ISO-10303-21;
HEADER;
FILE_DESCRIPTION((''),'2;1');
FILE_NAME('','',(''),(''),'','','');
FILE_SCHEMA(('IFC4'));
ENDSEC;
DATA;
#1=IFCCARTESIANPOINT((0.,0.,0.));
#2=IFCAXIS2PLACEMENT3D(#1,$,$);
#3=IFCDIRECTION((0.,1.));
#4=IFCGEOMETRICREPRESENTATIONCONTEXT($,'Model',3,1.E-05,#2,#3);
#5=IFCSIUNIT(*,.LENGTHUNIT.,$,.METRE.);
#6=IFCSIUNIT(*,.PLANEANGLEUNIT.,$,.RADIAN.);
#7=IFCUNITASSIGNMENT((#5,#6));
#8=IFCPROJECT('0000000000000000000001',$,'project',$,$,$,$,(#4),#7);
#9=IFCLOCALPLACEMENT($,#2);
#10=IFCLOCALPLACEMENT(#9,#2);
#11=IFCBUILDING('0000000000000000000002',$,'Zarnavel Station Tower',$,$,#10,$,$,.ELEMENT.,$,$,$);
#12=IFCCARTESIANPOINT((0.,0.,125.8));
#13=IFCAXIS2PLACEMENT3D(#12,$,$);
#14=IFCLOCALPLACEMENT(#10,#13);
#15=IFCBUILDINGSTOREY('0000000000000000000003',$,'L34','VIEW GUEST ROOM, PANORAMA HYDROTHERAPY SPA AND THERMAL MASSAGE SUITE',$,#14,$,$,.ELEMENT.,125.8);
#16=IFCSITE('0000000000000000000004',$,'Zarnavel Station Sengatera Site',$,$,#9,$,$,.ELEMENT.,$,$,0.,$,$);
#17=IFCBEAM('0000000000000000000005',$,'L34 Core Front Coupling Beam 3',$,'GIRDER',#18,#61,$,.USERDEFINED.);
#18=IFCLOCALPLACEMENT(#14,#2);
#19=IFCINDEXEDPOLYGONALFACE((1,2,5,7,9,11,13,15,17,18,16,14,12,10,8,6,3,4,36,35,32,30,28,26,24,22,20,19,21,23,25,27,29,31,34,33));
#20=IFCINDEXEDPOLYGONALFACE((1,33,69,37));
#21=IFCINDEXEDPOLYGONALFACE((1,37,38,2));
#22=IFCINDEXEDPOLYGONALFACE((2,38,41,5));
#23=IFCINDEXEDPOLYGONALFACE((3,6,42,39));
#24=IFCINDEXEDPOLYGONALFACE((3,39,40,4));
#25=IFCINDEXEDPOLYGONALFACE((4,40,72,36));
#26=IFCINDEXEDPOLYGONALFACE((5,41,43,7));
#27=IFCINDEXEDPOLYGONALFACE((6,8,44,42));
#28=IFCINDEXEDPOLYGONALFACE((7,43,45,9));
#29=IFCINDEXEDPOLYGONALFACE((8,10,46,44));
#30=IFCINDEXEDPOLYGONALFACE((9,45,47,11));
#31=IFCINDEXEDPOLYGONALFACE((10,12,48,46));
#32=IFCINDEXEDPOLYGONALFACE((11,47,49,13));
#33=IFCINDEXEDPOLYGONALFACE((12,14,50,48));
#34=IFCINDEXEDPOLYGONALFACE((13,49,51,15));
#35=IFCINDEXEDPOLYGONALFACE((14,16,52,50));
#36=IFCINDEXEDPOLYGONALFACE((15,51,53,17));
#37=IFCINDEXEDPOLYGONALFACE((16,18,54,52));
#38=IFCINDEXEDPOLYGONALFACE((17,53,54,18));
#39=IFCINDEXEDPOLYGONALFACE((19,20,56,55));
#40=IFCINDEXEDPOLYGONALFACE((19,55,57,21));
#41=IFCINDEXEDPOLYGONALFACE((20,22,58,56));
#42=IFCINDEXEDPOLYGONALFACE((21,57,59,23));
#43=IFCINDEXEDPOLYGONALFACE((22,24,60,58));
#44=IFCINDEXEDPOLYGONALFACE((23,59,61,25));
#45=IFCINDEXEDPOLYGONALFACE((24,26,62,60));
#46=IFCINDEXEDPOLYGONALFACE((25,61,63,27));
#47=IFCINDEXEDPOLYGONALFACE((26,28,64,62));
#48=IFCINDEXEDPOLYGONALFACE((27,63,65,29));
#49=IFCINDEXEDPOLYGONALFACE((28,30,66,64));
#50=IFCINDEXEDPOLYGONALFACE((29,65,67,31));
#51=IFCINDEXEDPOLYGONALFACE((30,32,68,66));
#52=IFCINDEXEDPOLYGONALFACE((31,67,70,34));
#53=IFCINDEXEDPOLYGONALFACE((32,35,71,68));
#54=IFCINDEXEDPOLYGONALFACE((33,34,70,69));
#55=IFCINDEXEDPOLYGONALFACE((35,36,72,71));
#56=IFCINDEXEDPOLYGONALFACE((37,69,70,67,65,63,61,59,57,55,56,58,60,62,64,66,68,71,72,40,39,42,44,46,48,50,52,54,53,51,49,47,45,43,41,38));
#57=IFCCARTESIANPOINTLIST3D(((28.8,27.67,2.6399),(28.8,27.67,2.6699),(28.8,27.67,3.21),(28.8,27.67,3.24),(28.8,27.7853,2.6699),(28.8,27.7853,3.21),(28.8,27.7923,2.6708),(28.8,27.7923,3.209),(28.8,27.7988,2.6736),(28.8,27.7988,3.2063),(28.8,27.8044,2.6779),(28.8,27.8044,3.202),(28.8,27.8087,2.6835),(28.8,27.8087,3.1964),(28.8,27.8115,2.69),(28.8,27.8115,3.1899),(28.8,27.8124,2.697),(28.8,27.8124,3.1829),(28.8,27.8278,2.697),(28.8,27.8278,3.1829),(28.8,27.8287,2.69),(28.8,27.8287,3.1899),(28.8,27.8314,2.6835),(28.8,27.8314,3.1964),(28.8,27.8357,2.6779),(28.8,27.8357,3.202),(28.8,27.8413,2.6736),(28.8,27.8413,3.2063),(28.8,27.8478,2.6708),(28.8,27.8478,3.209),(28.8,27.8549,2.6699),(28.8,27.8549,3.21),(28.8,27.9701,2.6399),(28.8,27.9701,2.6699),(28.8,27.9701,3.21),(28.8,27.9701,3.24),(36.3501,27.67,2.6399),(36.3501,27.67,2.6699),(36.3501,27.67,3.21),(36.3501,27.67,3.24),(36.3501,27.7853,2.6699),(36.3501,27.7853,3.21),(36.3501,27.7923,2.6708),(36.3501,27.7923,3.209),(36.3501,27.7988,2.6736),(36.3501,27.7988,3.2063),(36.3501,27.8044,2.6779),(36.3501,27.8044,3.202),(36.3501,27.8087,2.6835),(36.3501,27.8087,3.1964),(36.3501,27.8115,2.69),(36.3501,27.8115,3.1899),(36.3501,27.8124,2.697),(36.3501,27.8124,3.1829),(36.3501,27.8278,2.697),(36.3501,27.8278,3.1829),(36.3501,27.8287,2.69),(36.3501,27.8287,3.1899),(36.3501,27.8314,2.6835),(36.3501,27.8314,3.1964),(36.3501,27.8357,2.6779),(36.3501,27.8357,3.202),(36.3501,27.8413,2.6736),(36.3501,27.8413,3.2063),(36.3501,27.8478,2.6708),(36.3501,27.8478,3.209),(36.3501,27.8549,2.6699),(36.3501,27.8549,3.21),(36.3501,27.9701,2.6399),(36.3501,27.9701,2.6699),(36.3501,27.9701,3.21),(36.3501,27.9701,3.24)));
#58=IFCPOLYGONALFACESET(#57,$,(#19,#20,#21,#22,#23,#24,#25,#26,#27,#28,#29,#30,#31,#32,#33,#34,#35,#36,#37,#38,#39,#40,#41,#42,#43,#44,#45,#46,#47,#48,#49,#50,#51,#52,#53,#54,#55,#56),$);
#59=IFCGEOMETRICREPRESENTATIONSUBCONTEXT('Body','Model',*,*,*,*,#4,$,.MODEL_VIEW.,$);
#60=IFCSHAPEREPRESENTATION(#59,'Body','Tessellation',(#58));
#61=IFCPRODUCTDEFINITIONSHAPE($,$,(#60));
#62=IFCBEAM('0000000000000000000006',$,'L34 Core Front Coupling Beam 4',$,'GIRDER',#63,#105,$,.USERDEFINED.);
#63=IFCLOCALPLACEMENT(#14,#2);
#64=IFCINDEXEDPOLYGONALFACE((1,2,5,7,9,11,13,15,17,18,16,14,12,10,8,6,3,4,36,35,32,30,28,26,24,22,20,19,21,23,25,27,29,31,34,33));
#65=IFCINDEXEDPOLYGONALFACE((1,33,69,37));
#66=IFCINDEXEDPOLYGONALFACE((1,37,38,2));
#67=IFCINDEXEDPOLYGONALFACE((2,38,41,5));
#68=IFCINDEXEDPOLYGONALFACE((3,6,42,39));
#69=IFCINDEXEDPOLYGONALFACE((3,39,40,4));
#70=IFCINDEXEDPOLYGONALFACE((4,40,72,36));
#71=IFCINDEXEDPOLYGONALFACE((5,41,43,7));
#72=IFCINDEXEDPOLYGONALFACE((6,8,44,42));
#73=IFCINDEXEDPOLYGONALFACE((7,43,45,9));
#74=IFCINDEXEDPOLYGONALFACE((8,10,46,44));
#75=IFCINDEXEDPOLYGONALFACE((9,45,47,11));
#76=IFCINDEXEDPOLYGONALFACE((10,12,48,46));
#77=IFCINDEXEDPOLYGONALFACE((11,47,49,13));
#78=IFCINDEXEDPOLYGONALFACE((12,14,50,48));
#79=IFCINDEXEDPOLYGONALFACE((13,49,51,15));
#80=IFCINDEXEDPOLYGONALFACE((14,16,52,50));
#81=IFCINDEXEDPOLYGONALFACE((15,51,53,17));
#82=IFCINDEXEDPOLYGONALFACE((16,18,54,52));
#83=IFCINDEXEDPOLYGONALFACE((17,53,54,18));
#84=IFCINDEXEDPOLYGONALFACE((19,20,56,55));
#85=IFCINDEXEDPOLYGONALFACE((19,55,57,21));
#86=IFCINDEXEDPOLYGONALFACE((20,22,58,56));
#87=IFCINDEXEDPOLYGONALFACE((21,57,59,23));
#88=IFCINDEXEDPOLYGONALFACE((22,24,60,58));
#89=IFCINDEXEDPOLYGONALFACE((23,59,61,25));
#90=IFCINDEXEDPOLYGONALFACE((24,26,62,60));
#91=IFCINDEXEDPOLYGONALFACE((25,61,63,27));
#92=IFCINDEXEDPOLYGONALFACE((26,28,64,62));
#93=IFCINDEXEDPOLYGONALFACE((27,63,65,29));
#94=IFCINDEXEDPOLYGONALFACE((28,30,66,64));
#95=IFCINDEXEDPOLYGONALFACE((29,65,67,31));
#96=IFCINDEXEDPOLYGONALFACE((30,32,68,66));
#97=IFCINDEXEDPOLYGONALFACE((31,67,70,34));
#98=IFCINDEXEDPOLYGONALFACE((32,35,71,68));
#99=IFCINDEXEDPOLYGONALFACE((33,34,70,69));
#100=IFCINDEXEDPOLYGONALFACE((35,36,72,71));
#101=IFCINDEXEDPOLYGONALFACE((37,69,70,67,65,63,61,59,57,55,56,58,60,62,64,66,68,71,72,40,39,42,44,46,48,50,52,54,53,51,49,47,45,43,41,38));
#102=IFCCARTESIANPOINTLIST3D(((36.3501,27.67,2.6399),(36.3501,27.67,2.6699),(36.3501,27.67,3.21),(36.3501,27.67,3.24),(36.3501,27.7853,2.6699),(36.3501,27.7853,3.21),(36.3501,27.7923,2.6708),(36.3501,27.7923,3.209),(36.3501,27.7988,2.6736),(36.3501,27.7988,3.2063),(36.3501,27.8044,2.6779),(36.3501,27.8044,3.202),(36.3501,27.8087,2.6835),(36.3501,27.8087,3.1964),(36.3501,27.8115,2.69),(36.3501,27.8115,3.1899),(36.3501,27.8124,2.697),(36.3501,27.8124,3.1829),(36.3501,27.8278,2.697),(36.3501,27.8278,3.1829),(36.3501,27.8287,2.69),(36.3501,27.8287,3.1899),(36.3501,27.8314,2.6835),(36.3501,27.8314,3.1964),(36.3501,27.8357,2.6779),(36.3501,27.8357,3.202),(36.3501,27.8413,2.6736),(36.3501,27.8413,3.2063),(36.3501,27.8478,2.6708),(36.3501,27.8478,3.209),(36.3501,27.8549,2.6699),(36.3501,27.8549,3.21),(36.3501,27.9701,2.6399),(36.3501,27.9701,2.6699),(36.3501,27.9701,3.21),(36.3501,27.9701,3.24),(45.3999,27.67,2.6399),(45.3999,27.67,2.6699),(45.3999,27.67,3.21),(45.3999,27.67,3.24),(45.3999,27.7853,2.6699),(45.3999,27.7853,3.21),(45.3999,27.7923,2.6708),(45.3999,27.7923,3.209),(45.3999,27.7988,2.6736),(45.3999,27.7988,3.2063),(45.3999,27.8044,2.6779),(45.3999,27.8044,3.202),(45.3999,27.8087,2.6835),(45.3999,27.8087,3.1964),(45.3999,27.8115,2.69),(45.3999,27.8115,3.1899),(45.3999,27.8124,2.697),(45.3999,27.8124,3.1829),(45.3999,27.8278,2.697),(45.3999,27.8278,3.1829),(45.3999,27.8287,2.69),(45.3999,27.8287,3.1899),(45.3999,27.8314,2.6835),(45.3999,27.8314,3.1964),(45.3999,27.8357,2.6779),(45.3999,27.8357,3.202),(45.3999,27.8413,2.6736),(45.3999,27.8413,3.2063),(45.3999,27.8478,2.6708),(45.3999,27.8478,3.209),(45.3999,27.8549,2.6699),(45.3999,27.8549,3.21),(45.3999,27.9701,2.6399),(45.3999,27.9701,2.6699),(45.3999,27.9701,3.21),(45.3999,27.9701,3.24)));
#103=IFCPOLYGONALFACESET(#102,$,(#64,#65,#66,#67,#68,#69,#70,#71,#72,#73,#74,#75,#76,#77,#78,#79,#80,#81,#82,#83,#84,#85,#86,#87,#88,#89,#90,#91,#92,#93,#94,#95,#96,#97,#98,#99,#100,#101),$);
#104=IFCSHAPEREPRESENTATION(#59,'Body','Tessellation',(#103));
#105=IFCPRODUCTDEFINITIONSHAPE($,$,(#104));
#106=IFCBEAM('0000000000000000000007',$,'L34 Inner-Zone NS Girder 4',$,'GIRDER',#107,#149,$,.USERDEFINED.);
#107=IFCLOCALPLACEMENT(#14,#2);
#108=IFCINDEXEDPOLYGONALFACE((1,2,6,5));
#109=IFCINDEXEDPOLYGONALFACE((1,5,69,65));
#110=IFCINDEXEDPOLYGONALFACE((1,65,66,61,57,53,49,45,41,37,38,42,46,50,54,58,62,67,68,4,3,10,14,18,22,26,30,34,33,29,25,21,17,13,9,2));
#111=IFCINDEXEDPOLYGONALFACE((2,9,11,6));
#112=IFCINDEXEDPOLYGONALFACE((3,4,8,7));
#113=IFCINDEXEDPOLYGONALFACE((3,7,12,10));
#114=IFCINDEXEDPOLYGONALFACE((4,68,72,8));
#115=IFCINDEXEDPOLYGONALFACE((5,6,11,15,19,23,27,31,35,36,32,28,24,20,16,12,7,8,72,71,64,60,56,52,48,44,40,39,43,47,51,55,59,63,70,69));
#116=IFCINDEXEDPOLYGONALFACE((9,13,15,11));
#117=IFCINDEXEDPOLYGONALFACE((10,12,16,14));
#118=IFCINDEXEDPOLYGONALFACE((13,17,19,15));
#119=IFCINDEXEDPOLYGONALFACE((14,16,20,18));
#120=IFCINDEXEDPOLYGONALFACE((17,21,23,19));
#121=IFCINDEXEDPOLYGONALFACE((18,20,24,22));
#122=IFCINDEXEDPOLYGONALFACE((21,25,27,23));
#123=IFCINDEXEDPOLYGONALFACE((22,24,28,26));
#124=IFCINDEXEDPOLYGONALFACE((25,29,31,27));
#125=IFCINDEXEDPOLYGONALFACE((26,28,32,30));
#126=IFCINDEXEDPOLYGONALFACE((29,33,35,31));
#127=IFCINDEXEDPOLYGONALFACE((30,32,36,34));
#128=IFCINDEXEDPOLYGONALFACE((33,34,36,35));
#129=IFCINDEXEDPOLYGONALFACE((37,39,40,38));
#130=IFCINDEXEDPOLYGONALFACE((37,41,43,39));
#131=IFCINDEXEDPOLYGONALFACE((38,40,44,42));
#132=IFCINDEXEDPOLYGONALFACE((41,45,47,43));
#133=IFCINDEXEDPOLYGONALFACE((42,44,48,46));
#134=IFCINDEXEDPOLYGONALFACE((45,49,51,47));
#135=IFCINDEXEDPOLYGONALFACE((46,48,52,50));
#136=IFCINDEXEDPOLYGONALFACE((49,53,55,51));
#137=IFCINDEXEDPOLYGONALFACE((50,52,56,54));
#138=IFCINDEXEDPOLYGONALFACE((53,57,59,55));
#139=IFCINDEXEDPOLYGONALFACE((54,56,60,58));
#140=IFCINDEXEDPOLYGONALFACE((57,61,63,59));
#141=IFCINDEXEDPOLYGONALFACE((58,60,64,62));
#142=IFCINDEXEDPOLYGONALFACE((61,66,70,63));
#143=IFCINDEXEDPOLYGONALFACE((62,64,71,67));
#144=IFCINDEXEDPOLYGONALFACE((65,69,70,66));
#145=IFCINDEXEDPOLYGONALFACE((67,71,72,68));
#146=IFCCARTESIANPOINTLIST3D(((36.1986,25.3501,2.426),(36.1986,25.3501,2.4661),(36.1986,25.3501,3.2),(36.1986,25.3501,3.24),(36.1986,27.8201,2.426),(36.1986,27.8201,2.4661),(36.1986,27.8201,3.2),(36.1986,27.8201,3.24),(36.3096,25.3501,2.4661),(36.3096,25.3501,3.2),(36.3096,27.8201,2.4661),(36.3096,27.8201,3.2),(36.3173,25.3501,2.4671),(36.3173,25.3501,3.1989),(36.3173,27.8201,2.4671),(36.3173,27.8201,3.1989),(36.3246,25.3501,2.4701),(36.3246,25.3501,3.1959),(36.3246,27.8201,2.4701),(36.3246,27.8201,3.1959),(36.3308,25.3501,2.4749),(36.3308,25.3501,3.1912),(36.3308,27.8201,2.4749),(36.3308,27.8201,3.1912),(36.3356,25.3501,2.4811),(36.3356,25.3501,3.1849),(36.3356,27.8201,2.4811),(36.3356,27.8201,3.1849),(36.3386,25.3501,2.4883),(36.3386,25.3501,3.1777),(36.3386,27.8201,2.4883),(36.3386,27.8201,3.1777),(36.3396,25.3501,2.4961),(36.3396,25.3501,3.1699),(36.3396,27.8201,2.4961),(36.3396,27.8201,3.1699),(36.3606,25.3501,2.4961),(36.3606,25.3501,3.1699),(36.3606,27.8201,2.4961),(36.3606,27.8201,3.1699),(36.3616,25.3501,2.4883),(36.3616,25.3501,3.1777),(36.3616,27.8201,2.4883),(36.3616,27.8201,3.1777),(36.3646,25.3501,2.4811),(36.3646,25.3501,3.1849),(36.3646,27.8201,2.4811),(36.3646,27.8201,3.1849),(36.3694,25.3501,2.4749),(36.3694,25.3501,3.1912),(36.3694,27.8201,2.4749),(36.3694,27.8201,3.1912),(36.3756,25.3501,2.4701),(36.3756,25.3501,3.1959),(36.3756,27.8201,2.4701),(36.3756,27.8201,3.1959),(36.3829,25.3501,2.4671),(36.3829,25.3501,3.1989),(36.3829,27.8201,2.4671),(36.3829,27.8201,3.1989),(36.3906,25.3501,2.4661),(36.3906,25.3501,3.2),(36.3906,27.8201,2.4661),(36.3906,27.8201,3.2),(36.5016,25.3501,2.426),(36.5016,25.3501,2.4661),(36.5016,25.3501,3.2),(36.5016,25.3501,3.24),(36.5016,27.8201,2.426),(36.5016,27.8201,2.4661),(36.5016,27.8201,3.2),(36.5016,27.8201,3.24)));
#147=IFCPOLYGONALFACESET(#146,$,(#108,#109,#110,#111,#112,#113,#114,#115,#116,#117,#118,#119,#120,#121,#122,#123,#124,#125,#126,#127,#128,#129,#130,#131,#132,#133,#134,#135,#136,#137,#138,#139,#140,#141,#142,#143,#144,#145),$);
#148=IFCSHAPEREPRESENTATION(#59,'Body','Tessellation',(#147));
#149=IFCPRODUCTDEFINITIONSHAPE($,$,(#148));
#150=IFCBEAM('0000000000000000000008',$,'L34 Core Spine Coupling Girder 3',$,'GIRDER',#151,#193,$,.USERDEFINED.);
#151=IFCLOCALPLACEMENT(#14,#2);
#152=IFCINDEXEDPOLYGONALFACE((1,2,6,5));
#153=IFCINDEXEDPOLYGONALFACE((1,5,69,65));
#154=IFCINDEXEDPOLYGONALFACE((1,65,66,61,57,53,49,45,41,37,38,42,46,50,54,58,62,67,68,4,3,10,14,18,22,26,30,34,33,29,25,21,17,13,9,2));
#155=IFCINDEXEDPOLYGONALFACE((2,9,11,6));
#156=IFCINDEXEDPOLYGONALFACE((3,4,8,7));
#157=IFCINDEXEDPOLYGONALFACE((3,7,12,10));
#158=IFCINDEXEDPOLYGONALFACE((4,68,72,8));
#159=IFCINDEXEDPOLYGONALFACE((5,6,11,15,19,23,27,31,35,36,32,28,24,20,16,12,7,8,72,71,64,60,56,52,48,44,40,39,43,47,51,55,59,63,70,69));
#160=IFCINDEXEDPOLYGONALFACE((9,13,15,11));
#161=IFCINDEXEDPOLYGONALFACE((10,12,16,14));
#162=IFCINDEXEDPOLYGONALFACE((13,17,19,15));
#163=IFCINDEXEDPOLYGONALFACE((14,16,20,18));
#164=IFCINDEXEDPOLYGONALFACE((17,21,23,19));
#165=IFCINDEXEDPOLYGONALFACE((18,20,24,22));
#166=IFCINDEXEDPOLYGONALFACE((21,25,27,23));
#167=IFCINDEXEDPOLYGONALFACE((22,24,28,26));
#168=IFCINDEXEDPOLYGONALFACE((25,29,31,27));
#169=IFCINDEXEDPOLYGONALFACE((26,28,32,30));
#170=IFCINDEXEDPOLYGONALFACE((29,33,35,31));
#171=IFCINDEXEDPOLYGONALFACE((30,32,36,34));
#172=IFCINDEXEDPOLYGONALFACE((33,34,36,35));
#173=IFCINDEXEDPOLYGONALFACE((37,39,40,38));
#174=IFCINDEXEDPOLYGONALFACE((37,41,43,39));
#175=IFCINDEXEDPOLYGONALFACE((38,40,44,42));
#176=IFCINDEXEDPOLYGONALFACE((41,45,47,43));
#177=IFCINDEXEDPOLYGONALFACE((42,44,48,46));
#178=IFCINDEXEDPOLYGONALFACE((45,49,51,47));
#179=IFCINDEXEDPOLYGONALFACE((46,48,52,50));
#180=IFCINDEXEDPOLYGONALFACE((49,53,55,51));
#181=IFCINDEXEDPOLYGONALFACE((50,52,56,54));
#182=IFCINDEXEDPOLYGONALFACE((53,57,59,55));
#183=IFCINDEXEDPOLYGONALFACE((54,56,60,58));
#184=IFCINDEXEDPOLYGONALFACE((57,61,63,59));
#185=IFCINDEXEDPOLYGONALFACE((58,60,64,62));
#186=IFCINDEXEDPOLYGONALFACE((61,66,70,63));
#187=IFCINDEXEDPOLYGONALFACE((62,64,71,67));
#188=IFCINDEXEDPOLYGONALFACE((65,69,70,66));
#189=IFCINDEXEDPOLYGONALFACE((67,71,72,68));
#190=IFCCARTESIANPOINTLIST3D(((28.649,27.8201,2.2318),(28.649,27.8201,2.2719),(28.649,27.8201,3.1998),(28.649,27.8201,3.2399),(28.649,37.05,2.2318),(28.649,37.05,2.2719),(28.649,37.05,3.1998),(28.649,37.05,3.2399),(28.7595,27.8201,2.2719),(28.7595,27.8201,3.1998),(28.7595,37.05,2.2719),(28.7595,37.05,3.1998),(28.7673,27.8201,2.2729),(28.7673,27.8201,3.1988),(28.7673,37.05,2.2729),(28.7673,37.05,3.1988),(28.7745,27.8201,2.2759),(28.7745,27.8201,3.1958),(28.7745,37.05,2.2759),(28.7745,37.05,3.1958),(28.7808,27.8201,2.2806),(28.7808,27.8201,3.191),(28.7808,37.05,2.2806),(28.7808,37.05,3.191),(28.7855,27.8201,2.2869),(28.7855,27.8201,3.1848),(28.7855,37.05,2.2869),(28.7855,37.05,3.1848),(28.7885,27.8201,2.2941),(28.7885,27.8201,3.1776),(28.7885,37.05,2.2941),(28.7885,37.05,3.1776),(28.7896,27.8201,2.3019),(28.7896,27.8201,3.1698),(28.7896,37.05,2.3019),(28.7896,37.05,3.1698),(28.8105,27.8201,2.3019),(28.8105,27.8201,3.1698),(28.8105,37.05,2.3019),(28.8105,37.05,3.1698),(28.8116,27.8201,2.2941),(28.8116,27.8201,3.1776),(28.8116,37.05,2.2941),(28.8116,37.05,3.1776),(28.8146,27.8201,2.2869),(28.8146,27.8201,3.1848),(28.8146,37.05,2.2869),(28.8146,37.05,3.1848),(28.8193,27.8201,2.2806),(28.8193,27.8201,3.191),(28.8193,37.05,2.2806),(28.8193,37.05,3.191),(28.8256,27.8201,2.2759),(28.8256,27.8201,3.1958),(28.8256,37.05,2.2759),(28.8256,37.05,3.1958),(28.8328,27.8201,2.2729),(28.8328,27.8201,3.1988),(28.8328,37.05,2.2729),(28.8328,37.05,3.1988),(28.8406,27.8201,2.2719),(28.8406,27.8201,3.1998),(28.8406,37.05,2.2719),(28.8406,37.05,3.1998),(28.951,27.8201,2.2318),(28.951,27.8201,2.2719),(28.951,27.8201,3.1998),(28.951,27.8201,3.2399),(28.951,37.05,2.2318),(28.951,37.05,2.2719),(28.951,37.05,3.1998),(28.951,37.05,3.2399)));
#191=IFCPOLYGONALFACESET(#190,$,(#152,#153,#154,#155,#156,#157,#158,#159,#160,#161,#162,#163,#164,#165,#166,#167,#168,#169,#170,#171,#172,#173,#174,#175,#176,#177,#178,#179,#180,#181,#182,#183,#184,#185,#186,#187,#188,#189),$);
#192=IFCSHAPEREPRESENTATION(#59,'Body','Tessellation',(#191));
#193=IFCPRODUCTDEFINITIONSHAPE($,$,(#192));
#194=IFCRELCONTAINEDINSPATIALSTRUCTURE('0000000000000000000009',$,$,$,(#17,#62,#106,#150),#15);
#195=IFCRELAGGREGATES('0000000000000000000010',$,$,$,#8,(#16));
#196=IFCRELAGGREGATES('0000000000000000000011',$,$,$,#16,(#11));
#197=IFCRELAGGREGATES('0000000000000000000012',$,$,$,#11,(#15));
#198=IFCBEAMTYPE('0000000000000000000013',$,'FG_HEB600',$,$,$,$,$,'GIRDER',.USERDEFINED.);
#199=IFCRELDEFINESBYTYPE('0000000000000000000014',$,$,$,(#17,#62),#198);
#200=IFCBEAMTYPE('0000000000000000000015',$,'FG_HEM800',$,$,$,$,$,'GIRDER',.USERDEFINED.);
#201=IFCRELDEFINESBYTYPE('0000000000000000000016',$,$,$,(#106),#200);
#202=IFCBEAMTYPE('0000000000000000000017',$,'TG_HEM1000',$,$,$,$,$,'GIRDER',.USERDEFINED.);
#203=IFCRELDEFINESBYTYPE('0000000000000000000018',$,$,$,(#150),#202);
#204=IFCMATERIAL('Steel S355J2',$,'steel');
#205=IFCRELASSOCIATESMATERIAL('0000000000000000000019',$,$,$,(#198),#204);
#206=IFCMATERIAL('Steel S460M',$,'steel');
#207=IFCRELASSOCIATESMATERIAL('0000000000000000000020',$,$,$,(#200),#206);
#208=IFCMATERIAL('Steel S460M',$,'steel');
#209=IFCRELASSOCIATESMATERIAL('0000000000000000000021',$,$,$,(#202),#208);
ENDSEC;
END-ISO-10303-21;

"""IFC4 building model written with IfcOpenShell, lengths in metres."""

from ifc_helpers import new_model, si_unit, direction, frame, origin, origin_2d, place, context, subcontext, project, spatial, i_section, extrude, material, material_profile, profile_set, type_object, element, save


model = new_model("IFC4")

# Units and contexts
model_context = context("Model", 3, precision=1e-05, world=origin(), true_north=direction((0.0, 1.0)))
body_context = subcontext(model_context, "Body", "Model", "MODEL_VIEW")
ifc_project = project(units=[si_unit("LENGTHUNIT", "METRE"), si_unit("PLANEANGLEUNIT", "RADIAN")], contexts=[model_context])

# Site, building, storey
site_placement = place(None, origin())
site = spatial("IfcSite", under=ifc_project, at=site_placement, Name="Zarnavel Station Sengatera Site", CompositionType="ELEMENT", RefElevation=0.0)
building_placement = place(site_placement, origin())
building = spatial("IfcBuilding", under=site, at=building_placement, Name="Zarnavel Station Tower", CompositionType="ELEMENT")
storey_placement = place(building_placement, frame((0.0, 0.0, 125.8)))
storey = spatial("IfcBuildingStorey", under=building, at=storey_placement, Name="L34", Description="VIEW GUEST ROOM, PANORAMA HYDROTHERAPY SPA AND THERMAL MASSAGE SUITE", CompositionType="ELEMENT", Elevation=125.8)

# Beams
ifc_material_1 = material(Name="Steel S355J2", Category="steel")
ifc_material_profile_1 = material_profile(ifc_material_1, i_section(OverallWidth=0.3, OverallDepth=0.6001, WebThickness=0.0154, FlangeThickness=0.03, FilletRadius=0.0271, at=origin_2d()), Name="HEB600")
ifc_profile_set_1 = profile_set([ifc_material_profile_1], Name="Steel S355J2")
beam_type_1 = type_object("IfcBeamType", Name="FG_HEB600", ElementType="GIRDER", PredefinedType="USERDEFINED", material=ifc_profile_set_1)
beam_1_placement = place(storey_placement, frame((28.8, 27.8201, 2.9399), z_axis=(1.0, 0.0, 0.0), x_axis=(0.0, 1.0, 0.0)))
element("IfcBeam", 1, at=beam_1_placement, inside=storey, type_object=beam_type_1, Name="L34 Core Front Coupling Beam 3", ObjectType="GIRDER", PredefinedType="USERDEFINED", context=body_context, shape_type="SweptSolid", body=[
    extrude(i_section(OverallWidth=0.3, OverallDepth=0.6001, WebThickness=0.0154, FlangeThickness=0.03, FilletRadius=0.0271, at=origin_2d()), origin(), (0.0, 0.0, 1.0), 7.55),
])
beam_2_placement = place(storey_placement, frame((36.3501, 27.8201, 2.9399), z_axis=(1.0, 0.0, 0.0), x_axis=(0.0, 1.0, 0.0)))
element("IfcBeam", 2, at=beam_2_placement, inside=storey, type_object=beam_type_1, Name="L34 Core Front Coupling Beam 4", ObjectType="GIRDER", PredefinedType="USERDEFINED", context=body_context, shape_type="SweptSolid", body=[
    extrude(i_section(OverallWidth=0.3, OverallDepth=0.6001, WebThickness=0.0154, FlangeThickness=0.03, FilletRadius=0.0271, at=origin_2d()), origin(), (0.0, 0.0, 1.0), 9.0498),
])
ifc_material_2 = material(Name="Steel S460M", Category="steel")
ifc_material_profile_2 = material_profile(ifc_material_2, i_section(OverallWidth=0.303, OverallDepth=0.814, WebThickness=0.021, FlangeThickness=0.04, FilletRadius=0.03, at=origin_2d()), Name="HEM800")
ifc_profile_set_2 = profile_set([ifc_material_profile_2], Name="Steel S460M")
beam_type_2 = type_object("IfcBeamType", Name="FG_HEM800", ElementType="GIRDER", PredefinedType="USERDEFINED", material=ifc_profile_set_2)
beam_3_placement = place(storey_placement, frame((36.3501, 25.3501, 2.833), z_axis=(0.0, 1.0, 0.0), x_axis=(-1.0, 0.0, 0.0)))
element("IfcBeam", 3, at=beam_3_placement, inside=storey, type_object=beam_type_2, Name="L34 Inner-Zone NS Girder 4", ObjectType="GIRDER", PredefinedType="USERDEFINED", context=body_context, shape_type="SweptSolid", body=[
    extrude(i_section(OverallWidth=0.303, OverallDepth=0.814, WebThickness=0.021, FlangeThickness=0.04, FilletRadius=0.03, at=origin_2d()), origin(), (0.0, 0.0, 1.0), 2.47),
])
ifc_material_3 = material(Name="Steel S460M", Category="steel")
ifc_material_profile_3 = material_profile(ifc_material_3, i_section(OverallWidth=0.302, OverallDepth=1.0081, WebThickness=0.021, FlangeThickness=0.04, FilletRadius=0.03, at=origin_2d()), Name="HEM1000")
ifc_profile_set_3 = profile_set([ifc_material_profile_3], Name="Steel S460M")
beam_type_3 = type_object("IfcBeamType", Name="TG_HEM1000", ElementType="GIRDER", PredefinedType="USERDEFINED", material=ifc_profile_set_3)
for number, where, z_axis, x_axis, name in (
    (4, (28.8, 27.8201, 2.7358), (0.0, 1.0, 0.0), (-1.0, 0.0, 0.0), "L34 Core Spine Coupling Girder 3"),
):
    element("IfcBeam", number, at=place(storey_placement, frame(where, z_axis=z_axis, x_axis=x_axis)), inside=storey, type_object=beam_type_3, Name=name, ObjectType="GIRDER", PredefinedType="USERDEFINED", context=body_context, shape_type="SweptSolid", body=[
        extrude(i_section(OverallWidth=0.302, OverallDepth=1.0081, WebThickness=0.021, FlangeThickness=0.04, FilletRadius=0.03, at=origin_2d()), origin(), (0.0, 0.0, 1.0), 9.23),
    ])

save(model, "model.ifc")
